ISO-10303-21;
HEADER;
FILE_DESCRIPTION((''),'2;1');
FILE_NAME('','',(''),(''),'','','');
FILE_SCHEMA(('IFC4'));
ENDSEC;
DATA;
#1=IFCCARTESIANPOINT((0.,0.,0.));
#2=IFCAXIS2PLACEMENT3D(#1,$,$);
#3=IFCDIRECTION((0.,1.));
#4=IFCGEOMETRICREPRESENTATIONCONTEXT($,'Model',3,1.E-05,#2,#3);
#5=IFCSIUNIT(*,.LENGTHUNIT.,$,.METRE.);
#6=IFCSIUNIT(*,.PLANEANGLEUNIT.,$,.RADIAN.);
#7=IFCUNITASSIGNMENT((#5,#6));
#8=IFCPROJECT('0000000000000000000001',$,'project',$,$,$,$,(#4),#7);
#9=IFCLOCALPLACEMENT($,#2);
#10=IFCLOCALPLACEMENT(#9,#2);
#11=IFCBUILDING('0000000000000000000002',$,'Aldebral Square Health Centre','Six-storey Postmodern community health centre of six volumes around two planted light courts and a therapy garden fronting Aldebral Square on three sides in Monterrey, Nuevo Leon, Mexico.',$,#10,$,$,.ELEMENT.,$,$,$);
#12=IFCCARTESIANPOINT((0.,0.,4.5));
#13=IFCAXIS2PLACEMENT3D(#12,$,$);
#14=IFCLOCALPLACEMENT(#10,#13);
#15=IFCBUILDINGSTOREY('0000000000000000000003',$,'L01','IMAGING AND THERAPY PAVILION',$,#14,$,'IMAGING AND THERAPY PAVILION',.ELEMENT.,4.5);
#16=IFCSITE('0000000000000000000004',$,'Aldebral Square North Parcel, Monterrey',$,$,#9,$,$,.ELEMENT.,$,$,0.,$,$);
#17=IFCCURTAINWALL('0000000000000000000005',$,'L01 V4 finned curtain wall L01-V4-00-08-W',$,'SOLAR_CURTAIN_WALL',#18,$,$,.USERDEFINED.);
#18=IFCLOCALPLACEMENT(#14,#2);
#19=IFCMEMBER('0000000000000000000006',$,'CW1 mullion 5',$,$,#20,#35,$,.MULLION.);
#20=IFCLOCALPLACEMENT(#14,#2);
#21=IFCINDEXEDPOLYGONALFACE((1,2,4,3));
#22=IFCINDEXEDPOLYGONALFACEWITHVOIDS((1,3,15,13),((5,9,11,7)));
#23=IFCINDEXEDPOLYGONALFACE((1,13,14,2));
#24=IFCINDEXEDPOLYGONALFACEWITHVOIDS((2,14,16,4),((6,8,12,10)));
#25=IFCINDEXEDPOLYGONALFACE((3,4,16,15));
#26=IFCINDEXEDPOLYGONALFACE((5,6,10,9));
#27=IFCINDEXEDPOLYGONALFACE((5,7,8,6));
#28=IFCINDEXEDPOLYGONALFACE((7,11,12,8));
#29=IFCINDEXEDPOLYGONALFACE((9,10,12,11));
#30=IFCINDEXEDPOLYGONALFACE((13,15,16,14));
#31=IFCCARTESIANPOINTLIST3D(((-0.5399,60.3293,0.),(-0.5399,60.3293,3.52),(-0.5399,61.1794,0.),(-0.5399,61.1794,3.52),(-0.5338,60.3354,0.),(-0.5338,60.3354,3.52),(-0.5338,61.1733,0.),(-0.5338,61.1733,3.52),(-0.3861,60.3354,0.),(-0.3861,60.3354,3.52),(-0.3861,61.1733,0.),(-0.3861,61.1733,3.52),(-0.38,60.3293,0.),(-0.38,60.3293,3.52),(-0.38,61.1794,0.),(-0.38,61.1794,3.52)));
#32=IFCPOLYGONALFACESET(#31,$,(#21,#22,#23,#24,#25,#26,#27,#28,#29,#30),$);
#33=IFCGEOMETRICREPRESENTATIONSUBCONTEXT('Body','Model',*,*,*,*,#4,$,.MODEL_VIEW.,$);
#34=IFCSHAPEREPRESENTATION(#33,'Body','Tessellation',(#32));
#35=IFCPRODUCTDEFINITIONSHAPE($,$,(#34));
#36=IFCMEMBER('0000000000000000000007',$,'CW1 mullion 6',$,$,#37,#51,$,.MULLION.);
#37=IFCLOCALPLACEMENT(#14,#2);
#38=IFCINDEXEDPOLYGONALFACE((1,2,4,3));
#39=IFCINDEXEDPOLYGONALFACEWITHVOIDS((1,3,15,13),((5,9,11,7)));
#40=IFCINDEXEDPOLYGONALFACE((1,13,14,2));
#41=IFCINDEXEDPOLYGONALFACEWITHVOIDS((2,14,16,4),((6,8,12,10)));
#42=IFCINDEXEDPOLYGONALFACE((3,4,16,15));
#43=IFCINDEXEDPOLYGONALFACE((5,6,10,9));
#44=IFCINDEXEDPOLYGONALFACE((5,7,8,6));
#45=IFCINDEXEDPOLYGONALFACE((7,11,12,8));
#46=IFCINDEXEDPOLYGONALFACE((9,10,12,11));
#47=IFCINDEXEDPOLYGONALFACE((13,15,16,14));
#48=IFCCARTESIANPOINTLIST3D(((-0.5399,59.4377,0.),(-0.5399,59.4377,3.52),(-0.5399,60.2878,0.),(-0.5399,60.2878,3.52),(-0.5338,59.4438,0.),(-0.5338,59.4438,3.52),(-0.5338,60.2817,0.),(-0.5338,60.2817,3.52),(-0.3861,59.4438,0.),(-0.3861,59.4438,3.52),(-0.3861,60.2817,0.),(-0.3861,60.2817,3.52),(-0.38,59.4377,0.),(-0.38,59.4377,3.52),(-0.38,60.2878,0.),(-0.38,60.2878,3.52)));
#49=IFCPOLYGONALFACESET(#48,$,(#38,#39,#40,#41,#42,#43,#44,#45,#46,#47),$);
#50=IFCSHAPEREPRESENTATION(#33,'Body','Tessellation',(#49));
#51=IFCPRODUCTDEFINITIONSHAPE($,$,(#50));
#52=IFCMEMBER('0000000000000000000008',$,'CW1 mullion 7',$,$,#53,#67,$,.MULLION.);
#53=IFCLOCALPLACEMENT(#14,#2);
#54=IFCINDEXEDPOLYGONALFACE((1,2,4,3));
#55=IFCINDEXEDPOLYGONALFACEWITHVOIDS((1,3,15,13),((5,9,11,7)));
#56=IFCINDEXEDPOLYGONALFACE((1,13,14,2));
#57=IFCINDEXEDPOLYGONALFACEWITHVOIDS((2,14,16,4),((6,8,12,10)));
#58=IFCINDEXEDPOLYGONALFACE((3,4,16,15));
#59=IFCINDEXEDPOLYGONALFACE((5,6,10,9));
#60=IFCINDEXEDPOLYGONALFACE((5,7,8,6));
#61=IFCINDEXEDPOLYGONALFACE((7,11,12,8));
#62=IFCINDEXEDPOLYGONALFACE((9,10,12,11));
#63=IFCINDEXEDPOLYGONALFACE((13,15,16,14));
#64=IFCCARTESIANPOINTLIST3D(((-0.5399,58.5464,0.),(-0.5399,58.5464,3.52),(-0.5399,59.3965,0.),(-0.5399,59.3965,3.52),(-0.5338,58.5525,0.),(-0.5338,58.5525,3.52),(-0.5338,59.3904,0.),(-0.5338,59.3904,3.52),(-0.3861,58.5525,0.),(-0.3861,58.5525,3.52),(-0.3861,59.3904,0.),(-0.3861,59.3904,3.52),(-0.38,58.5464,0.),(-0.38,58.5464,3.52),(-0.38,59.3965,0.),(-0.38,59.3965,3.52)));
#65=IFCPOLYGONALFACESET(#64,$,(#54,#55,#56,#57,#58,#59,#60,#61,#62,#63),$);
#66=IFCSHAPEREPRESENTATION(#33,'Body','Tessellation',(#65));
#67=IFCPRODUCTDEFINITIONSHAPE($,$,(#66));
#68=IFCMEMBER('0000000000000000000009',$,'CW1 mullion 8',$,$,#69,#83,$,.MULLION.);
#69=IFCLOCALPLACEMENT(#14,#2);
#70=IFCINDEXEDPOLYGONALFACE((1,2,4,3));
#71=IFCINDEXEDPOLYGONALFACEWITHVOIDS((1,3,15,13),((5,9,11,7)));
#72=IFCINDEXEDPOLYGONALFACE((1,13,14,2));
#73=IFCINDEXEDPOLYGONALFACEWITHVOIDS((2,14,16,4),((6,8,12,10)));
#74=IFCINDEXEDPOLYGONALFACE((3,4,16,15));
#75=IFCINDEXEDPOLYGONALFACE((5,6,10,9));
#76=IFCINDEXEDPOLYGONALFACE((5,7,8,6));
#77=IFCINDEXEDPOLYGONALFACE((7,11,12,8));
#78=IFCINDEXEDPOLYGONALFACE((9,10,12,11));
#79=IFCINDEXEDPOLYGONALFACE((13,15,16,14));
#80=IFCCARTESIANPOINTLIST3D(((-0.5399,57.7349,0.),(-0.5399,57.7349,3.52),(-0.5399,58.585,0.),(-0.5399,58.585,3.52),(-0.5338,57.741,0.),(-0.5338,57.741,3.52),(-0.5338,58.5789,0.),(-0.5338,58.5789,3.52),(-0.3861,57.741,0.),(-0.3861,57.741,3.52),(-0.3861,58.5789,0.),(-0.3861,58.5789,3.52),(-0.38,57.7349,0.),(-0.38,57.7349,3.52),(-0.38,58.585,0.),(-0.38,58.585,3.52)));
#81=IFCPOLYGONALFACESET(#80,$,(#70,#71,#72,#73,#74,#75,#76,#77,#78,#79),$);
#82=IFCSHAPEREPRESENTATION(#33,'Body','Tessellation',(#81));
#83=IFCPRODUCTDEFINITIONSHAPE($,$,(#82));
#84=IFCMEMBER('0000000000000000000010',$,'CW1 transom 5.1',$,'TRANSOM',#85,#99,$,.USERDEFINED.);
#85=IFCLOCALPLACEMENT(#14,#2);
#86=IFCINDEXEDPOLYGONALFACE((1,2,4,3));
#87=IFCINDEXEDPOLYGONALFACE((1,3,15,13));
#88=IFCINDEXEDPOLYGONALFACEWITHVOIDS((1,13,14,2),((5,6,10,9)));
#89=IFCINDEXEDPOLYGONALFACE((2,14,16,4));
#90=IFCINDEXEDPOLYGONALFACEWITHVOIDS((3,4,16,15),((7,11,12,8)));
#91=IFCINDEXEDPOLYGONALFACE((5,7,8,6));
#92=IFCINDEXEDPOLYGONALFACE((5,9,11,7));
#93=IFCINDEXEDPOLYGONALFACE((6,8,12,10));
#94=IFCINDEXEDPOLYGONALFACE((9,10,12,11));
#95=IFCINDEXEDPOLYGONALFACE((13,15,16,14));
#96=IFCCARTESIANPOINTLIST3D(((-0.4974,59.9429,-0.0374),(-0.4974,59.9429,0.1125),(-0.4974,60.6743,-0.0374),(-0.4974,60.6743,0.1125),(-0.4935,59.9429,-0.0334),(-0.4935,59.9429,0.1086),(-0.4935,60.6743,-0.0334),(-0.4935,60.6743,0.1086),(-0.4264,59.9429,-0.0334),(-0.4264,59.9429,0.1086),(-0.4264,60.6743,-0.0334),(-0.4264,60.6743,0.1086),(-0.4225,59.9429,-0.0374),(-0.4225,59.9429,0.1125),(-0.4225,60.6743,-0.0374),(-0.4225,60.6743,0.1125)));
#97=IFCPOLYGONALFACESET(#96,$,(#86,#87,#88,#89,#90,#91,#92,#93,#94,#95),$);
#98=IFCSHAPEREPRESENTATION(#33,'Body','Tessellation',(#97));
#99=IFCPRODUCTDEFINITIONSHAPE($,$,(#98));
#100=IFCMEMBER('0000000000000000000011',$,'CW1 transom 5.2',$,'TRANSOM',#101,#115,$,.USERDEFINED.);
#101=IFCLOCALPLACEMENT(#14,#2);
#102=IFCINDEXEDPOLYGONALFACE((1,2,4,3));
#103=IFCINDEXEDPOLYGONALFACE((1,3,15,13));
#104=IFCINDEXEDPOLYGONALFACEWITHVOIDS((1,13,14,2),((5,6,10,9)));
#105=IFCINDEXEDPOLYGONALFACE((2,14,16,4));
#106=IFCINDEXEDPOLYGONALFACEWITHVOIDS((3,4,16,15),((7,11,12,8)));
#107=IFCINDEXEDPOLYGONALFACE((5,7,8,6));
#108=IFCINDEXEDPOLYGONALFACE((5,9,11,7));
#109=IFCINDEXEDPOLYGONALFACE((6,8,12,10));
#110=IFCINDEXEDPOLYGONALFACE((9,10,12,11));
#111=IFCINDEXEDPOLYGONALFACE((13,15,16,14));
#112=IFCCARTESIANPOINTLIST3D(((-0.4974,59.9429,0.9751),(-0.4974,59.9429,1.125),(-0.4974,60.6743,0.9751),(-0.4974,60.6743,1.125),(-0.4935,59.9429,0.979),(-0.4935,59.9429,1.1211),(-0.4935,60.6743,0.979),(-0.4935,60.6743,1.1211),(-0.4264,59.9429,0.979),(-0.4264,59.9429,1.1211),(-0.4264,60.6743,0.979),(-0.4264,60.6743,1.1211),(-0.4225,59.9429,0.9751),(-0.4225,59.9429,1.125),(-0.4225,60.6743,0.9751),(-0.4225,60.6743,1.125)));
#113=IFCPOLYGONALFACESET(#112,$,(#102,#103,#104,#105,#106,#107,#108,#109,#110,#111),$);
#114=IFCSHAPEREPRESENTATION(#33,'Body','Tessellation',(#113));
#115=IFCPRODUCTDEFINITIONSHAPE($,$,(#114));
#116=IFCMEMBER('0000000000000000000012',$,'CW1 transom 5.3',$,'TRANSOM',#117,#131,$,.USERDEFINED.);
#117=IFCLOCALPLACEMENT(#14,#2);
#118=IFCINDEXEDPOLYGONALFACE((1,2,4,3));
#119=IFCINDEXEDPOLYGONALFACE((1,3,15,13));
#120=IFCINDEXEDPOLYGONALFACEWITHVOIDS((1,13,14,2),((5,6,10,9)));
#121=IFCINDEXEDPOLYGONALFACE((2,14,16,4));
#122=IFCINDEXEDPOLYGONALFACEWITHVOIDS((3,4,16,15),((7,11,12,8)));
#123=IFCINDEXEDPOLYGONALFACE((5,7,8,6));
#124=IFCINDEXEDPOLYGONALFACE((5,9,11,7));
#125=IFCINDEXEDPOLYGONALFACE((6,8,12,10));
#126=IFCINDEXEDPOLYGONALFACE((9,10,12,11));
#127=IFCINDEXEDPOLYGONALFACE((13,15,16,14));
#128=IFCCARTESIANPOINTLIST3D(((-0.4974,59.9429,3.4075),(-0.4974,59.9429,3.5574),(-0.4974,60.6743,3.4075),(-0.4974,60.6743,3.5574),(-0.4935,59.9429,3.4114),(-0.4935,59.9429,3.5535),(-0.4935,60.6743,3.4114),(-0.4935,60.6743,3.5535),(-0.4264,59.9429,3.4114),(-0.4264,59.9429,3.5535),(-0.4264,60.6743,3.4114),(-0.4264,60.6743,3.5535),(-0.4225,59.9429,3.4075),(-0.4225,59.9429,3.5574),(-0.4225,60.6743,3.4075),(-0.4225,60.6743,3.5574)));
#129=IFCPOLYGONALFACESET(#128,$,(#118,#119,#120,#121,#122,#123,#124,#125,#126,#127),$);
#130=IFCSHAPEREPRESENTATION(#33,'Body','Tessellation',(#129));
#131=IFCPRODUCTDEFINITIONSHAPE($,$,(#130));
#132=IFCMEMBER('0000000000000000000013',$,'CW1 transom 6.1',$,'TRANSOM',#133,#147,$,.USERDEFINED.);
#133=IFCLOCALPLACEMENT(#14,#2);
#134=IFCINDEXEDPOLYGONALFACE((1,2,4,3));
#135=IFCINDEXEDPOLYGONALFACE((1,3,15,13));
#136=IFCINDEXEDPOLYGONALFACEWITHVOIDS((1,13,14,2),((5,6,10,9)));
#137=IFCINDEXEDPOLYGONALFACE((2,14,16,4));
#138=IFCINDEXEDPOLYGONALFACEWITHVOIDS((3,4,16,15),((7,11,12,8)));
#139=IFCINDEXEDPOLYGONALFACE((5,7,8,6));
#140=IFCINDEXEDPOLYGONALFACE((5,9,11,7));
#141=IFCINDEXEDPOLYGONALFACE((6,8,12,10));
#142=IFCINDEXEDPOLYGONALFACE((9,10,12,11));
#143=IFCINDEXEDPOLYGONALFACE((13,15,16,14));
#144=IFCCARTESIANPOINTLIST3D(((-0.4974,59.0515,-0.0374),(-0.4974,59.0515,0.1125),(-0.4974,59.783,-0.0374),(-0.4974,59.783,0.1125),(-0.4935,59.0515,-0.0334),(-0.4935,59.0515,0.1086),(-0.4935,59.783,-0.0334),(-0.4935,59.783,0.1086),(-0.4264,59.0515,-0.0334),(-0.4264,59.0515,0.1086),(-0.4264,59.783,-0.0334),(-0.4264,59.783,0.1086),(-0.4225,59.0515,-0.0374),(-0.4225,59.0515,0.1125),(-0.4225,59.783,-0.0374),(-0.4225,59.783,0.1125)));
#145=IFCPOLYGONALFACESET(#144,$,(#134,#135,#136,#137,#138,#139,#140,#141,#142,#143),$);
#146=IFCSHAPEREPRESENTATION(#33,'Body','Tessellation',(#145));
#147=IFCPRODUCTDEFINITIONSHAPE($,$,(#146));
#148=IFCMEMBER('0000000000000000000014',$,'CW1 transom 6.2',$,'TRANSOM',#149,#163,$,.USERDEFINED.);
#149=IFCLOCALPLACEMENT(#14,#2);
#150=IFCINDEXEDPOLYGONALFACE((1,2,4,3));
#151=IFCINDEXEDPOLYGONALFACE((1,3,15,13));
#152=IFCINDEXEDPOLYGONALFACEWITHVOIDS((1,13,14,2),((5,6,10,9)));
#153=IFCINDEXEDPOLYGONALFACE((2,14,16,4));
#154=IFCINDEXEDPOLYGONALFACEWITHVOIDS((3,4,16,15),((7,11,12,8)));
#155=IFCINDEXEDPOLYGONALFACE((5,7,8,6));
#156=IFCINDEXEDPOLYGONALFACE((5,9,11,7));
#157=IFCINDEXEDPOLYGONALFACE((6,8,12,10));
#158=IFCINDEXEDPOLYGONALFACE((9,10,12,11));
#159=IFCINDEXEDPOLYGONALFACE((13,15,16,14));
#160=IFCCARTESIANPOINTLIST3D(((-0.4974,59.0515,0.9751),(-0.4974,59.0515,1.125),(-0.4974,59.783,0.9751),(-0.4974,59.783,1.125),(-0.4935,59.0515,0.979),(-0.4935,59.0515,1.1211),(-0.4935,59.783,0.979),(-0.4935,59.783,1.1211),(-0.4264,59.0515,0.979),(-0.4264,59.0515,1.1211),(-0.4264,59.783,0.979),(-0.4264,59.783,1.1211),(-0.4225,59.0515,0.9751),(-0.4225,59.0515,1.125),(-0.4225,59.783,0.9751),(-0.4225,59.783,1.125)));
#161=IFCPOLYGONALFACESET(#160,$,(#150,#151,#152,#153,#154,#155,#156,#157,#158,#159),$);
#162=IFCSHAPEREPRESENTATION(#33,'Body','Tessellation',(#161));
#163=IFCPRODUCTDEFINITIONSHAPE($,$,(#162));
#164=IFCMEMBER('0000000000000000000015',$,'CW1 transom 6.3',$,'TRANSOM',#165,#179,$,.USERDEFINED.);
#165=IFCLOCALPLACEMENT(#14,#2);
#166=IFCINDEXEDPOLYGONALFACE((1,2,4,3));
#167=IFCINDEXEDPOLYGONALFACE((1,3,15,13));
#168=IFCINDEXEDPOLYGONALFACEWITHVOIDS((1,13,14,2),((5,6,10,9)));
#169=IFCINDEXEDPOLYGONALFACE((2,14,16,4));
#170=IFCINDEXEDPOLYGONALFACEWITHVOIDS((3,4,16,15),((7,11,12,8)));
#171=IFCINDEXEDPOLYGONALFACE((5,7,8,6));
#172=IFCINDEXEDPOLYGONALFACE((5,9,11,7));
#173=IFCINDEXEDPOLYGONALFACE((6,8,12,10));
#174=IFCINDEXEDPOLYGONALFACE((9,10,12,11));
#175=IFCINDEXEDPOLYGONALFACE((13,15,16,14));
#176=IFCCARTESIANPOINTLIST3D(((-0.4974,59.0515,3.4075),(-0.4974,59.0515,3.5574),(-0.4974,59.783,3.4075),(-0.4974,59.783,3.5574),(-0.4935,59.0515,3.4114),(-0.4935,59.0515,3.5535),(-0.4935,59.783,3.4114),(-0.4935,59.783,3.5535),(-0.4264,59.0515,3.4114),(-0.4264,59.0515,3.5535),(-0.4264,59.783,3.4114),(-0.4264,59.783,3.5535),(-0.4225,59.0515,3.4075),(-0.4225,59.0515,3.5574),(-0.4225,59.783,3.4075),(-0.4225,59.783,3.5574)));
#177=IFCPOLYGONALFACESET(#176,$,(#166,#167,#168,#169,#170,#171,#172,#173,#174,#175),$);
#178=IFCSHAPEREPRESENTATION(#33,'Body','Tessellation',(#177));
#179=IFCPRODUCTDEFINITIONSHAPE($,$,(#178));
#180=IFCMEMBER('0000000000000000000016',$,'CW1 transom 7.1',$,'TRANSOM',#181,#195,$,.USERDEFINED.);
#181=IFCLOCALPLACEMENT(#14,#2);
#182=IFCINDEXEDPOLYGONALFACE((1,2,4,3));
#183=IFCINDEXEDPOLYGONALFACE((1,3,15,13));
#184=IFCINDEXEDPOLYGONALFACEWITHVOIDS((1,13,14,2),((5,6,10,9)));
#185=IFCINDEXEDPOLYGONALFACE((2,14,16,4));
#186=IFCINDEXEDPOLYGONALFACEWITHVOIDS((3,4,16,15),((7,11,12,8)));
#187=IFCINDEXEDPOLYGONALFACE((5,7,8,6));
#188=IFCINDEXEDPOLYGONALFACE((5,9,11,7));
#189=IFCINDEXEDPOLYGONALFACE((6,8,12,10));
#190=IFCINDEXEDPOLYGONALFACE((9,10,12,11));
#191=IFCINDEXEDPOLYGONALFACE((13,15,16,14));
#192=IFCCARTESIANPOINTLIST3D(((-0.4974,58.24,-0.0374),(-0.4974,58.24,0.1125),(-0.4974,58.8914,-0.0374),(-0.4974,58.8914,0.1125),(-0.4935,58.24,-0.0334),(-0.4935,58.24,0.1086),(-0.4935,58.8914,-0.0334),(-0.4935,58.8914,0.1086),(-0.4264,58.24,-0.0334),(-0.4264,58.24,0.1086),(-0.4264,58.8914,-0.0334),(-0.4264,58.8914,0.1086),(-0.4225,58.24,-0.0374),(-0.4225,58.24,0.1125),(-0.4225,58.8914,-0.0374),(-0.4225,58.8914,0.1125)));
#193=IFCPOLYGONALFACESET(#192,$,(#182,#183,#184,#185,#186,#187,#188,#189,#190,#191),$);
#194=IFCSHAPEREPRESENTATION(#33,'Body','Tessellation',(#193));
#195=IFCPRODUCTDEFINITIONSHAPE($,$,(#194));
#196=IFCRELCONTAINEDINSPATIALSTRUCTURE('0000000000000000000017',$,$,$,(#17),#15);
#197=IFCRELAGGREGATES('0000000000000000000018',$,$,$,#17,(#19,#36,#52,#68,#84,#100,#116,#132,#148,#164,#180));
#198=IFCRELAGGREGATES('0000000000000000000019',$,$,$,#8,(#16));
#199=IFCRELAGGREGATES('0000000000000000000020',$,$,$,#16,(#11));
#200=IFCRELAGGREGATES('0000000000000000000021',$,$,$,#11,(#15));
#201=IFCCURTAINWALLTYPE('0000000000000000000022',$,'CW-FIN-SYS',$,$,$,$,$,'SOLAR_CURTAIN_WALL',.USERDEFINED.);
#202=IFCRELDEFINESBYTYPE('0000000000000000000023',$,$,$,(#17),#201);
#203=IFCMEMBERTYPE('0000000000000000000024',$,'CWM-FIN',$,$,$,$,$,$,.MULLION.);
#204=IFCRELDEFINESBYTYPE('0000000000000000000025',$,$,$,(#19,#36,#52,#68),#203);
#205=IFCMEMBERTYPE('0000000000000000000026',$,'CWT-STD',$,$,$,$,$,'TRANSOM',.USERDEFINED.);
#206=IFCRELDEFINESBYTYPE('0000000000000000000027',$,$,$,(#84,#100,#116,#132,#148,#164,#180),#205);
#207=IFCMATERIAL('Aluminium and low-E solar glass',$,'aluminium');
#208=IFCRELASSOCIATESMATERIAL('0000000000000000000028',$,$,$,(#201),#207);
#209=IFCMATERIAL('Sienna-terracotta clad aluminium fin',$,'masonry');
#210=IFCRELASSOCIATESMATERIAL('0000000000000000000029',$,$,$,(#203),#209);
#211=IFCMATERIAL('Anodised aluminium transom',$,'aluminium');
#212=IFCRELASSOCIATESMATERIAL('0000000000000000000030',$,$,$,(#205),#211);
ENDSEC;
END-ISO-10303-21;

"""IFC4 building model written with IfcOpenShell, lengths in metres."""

from ifc_helpers import new_model, si_unit, direction, frame, origin, origin_2d, place, context, subcontext, project, spatial, hollow_rectangle, extrude, material, material_profile, profile_set, type_object, element, aggregate, save


model = new_model("IFC4")

# Units and contexts
model_context = context("Model", 3, precision=1e-05, world=origin(), true_north=direction((0.0, 1.0)))
body_context = subcontext(model_context, "Body", "Model", "MODEL_VIEW")
ifc_project = project(units=[si_unit("LENGTHUNIT", "METRE"), si_unit("PLANEANGLEUNIT", "RADIAN")], contexts=[model_context])

# Site, building, storey
site_placement = place(None, origin())
site = spatial("IfcSite", under=ifc_project, at=site_placement, Name="Aldebral Square North Parcel, Monterrey", CompositionType="ELEMENT", RefElevation=0.0)
building_placement = place(site_placement, origin())
building = spatial("IfcBuilding", under=site, at=building_placement, Name="Aldebral Square Health Centre", Description="Six-storey Postmodern community health centre of six volumes around two planted light courts and a therapy garden fronting Aldebral Square on three sides in Monterrey, Nuevo Leon, Mexico.", CompositionType="ELEMENT")
storey_placement = place(building_placement, frame((0.0, 0.0, 4.5)))
storey = spatial("IfcBuildingStorey", under=building, at=storey_placement, Name="L01", Description="IMAGING AND THERAPY PAVILION", LongName="IMAGING AND THERAPY PAVILION", CompositionType="ELEMENT", Elevation=4.5)

# Curtain wall, members
ifc_material_1 = material(Name="Aluminium and low-E solar glass", Category="aluminium")
curtain_wall_type = type_object("IfcCurtainWallType", Name="CW-FIN-SYS", ElementType="SOLAR_CURTAIN_WALL", PredefinedType="USERDEFINED", material=ifc_material_1)
curtain_wall_placement = place(storey_placement, origin())
curtain_wall = element("IfcCurtainWall", 1, at=curtain_wall_placement, inside=storey, type_object=curtain_wall_type, Name="L01 V4 finned curtain wall L01-V4-00-08-W", ObjectType="SOLAR_CURTAIN_WALL", PredefinedType="USERDEFINED")
ifc_material_2 = material(Name="Sienna-terracotta clad aluminium fin", Category="masonry")
ifc_material_profile_1 = material_profile(ifc_material_2, hollow_rectangle(XDim=0.1599, YDim=0.8501, WallThickness=0.0061, at=origin_2d()), Name="FIN 160x850x6")
ifc_profile_set_1 = profile_set([ifc_material_profile_1], Name="Sienna-terracotta clad aluminium fin")
member_type_1 = type_object("IfcMemberType", Name="CWM-FIN", PredefinedType="MULLION", material=ifc_profile_set_1)
member_1_placement = place(storey_placement, frame((-0.46, 60.7544, 0.0), z_axis=(0.0, 0.0, 1.0), x_axis=(1.0, 0.0, 0.0)))
member_1 = element("IfcMember", 2, at=member_1_placement, type_object=member_type_1, Name="CW1 mullion 5", PredefinedType="MULLION", context=body_context, shape_type="SweptSolid", body=[
    extrude(hollow_rectangle(XDim=0.1599, YDim=0.8501, WallThickness=0.0061, at=origin_2d()), origin(), (0.0, 0.0, 1.0), 3.52),
])
member_2_placement = place(storey_placement, frame((-0.46, 59.8628, 0.0), z_axis=(0.0, 0.0, 1.0), x_axis=(1.0, 0.0, 0.0)))
member_2 = element("IfcMember", 3, at=member_2_placement, type_object=member_type_1, Name="CW1 mullion 6", PredefinedType="MULLION", context=body_context, shape_type="SweptSolid", body=[
    extrude(hollow_rectangle(XDim=0.1599, YDim=0.8501, WallThickness=0.0061, at=origin_2d()), origin(), (0.0, 0.0, 1.0), 3.52),
])
member_3_placement = place(storey_placement, frame((-0.46, 58.9714, 0.0), z_axis=(0.0, 0.0, 1.0), x_axis=(1.0, 0.0, 0.0)))
member_3 = element("IfcMember", 4, at=member_3_placement, type_object=member_type_1, Name="CW1 mullion 7", PredefinedType="MULLION", context=body_context, shape_type="SweptSolid", body=[
    extrude(hollow_rectangle(XDim=0.1599, YDim=0.8501, WallThickness=0.0061, at=origin_2d()), origin(), (0.0, 0.0, 1.0), 3.52),
])
member_4_placement = place(storey_placement, frame((-0.46, 58.1599, 0.0), z_axis=(0.0, 0.0, 1.0), x_axis=(1.0, 0.0, 0.0)))
member_4 = element("IfcMember", 5, at=member_4_placement, type_object=member_type_1, Name="CW1 mullion 8", PredefinedType="MULLION", context=body_context, shape_type="SweptSolid", body=[
    extrude(hollow_rectangle(XDim=0.1599, YDim=0.8501, WallThickness=0.0061, at=origin_2d()), origin(), (0.0, 0.0, 1.0), 3.52),
])
ifc_material_3 = material(Name="Anodised aluminium transom", Category="aluminium")
ifc_material_profile_2 = material_profile(ifc_material_3, hollow_rectangle(XDim=0.075, YDim=0.1499, WallThickness=0.0039, at=origin_2d()), Name="CWT 75x150x4")
ifc_profile_set_2 = profile_set([ifc_material_profile_2], Name="Anodised aluminium transom")
member_type_2 = type_object("IfcMemberType", Name="CWT-STD", ElementType="TRANSOM", PredefinedType="USERDEFINED", material=ifc_profile_set_2)
member_5_placement = place(storey_placement, frame((-0.46, 60.6743, 0.0376), z_axis=(0.0, -1.0, 0.0), x_axis=(1.0, 0.0, 0.0)))
member_5 = element("IfcMember", 6, at=member_5_placement, type_object=member_type_2, Name="CW1 transom 5.1", ObjectType="TRANSOM", PredefinedType="USERDEFINED", context=body_context, shape_type="SweptSolid", body=[
    extrude(hollow_rectangle(XDim=0.075, YDim=0.1499, WallThickness=0.0039, at=origin_2d()), origin(), (0.0, 0.0, 1.0), 0.7314),
])
member_6_placement = place(storey_placement, frame((-0.46, 60.6743, 1.05), z_axis=(0.0, -1.0, 0.0), x_axis=(1.0, 0.0, 0.0)))
member_6 = element("IfcMember", 7, at=member_6_placement, type_object=member_type_2, Name="CW1 transom 5.2", ObjectType="TRANSOM", PredefinedType="USERDEFINED", context=body_context, shape_type="SweptSolid", body=[
    extrude(hollow_rectangle(XDim=0.075, YDim=0.1499, WallThickness=0.0039, at=origin_2d()), origin(), (0.0, 0.0, 1.0), 0.7314),
])
member_7_placement = place(storey_placement, frame((-0.46, 60.6743, 3.4824), z_axis=(0.0, -1.0, 0.0), x_axis=(1.0, 0.0, 0.0)))
member_7 = element("IfcMember", 8, at=member_7_placement, type_object=member_type_2, Name="CW1 transom 5.3", ObjectType="TRANSOM", PredefinedType="USERDEFINED", context=body_context, shape_type="SweptSolid", body=[
    extrude(hollow_rectangle(XDim=0.075, YDim=0.1499, WallThickness=0.0039, at=origin_2d()), origin(), (0.0, 0.0, 1.0), 0.7314),
])
member_8_placement = place(storey_placement, frame((-0.46, 59.783, 0.0376), z_axis=(0.0, -1.0, 0.0), x_axis=(1.0, 0.0, 0.0)))
member_8 = element("IfcMember", 9, at=member_8_placement, type_object=member_type_2, Name="CW1 transom 6.1", ObjectType="TRANSOM", PredefinedType="USERDEFINED", context=body_context, shape_type="SweptSolid", body=[
    extrude(hollow_rectangle(XDim=0.075, YDim=0.1499, WallThickness=0.0039, at=origin_2d()), origin(), (0.0, 0.0, 1.0), 0.7314),
])
member_9_placement = place(storey_placement, frame((-0.46, 59.783, 1.05), z_axis=(0.0, -1.0, 0.0), x_axis=(1.0, 0.0, 0.0)))
member_9 = element("IfcMember", 10, at=member_9_placement, type_object=member_type_2, Name="CW1 transom 6.2", ObjectType="TRANSOM", PredefinedType="USERDEFINED", context=body_context, shape_type="SweptSolid", body=[
    extrude(hollow_rectangle(XDim=0.075, YDim=0.1499, WallThickness=0.0039, at=origin_2d()), origin(), (0.0, 0.0, 1.0), 0.7314),
])
member_10_placement = place(storey_placement, frame((-0.46, 59.783, 3.4824), z_axis=(0.0, -1.0, 0.0), x_axis=(1.0, 0.0, 0.0)))
member_10 = element("IfcMember", 11, at=member_10_placement, type_object=member_type_2, Name="CW1 transom 6.3", ObjectType="TRANSOM", PredefinedType="USERDEFINED", context=body_context, shape_type="SweptSolid", body=[
    extrude(hollow_rectangle(XDim=0.075, YDim=0.1499, WallThickness=0.0039, at=origin_2d()), origin(), (0.0, 0.0, 1.0), 0.7314),
])
member_11_placement = place(storey_placement, frame((-0.46, 58.8914, 0.0376), z_axis=(0.0, -1.0, 0.0), x_axis=(1.0, 0.0, 0.0)))
member_11 = element("IfcMember", 12, at=member_11_placement, type_object=member_type_2, Name="CW1 transom 7.1", ObjectType="TRANSOM", PredefinedType="USERDEFINED", context=body_context, shape_type="SweptSolid", body=[
    extrude(hollow_rectangle(XDim=0.075, YDim=0.1499, WallThickness=0.0039, at=origin_2d()), origin(), (0.0, 0.0, 1.0), 0.6514),
])
aggregate(curtain_wall, [member_1, member_2, member_3, member_4, member_5, member_6, member_7, member_8, member_9, member_10, member_11])

save(model, "model.ifc")
